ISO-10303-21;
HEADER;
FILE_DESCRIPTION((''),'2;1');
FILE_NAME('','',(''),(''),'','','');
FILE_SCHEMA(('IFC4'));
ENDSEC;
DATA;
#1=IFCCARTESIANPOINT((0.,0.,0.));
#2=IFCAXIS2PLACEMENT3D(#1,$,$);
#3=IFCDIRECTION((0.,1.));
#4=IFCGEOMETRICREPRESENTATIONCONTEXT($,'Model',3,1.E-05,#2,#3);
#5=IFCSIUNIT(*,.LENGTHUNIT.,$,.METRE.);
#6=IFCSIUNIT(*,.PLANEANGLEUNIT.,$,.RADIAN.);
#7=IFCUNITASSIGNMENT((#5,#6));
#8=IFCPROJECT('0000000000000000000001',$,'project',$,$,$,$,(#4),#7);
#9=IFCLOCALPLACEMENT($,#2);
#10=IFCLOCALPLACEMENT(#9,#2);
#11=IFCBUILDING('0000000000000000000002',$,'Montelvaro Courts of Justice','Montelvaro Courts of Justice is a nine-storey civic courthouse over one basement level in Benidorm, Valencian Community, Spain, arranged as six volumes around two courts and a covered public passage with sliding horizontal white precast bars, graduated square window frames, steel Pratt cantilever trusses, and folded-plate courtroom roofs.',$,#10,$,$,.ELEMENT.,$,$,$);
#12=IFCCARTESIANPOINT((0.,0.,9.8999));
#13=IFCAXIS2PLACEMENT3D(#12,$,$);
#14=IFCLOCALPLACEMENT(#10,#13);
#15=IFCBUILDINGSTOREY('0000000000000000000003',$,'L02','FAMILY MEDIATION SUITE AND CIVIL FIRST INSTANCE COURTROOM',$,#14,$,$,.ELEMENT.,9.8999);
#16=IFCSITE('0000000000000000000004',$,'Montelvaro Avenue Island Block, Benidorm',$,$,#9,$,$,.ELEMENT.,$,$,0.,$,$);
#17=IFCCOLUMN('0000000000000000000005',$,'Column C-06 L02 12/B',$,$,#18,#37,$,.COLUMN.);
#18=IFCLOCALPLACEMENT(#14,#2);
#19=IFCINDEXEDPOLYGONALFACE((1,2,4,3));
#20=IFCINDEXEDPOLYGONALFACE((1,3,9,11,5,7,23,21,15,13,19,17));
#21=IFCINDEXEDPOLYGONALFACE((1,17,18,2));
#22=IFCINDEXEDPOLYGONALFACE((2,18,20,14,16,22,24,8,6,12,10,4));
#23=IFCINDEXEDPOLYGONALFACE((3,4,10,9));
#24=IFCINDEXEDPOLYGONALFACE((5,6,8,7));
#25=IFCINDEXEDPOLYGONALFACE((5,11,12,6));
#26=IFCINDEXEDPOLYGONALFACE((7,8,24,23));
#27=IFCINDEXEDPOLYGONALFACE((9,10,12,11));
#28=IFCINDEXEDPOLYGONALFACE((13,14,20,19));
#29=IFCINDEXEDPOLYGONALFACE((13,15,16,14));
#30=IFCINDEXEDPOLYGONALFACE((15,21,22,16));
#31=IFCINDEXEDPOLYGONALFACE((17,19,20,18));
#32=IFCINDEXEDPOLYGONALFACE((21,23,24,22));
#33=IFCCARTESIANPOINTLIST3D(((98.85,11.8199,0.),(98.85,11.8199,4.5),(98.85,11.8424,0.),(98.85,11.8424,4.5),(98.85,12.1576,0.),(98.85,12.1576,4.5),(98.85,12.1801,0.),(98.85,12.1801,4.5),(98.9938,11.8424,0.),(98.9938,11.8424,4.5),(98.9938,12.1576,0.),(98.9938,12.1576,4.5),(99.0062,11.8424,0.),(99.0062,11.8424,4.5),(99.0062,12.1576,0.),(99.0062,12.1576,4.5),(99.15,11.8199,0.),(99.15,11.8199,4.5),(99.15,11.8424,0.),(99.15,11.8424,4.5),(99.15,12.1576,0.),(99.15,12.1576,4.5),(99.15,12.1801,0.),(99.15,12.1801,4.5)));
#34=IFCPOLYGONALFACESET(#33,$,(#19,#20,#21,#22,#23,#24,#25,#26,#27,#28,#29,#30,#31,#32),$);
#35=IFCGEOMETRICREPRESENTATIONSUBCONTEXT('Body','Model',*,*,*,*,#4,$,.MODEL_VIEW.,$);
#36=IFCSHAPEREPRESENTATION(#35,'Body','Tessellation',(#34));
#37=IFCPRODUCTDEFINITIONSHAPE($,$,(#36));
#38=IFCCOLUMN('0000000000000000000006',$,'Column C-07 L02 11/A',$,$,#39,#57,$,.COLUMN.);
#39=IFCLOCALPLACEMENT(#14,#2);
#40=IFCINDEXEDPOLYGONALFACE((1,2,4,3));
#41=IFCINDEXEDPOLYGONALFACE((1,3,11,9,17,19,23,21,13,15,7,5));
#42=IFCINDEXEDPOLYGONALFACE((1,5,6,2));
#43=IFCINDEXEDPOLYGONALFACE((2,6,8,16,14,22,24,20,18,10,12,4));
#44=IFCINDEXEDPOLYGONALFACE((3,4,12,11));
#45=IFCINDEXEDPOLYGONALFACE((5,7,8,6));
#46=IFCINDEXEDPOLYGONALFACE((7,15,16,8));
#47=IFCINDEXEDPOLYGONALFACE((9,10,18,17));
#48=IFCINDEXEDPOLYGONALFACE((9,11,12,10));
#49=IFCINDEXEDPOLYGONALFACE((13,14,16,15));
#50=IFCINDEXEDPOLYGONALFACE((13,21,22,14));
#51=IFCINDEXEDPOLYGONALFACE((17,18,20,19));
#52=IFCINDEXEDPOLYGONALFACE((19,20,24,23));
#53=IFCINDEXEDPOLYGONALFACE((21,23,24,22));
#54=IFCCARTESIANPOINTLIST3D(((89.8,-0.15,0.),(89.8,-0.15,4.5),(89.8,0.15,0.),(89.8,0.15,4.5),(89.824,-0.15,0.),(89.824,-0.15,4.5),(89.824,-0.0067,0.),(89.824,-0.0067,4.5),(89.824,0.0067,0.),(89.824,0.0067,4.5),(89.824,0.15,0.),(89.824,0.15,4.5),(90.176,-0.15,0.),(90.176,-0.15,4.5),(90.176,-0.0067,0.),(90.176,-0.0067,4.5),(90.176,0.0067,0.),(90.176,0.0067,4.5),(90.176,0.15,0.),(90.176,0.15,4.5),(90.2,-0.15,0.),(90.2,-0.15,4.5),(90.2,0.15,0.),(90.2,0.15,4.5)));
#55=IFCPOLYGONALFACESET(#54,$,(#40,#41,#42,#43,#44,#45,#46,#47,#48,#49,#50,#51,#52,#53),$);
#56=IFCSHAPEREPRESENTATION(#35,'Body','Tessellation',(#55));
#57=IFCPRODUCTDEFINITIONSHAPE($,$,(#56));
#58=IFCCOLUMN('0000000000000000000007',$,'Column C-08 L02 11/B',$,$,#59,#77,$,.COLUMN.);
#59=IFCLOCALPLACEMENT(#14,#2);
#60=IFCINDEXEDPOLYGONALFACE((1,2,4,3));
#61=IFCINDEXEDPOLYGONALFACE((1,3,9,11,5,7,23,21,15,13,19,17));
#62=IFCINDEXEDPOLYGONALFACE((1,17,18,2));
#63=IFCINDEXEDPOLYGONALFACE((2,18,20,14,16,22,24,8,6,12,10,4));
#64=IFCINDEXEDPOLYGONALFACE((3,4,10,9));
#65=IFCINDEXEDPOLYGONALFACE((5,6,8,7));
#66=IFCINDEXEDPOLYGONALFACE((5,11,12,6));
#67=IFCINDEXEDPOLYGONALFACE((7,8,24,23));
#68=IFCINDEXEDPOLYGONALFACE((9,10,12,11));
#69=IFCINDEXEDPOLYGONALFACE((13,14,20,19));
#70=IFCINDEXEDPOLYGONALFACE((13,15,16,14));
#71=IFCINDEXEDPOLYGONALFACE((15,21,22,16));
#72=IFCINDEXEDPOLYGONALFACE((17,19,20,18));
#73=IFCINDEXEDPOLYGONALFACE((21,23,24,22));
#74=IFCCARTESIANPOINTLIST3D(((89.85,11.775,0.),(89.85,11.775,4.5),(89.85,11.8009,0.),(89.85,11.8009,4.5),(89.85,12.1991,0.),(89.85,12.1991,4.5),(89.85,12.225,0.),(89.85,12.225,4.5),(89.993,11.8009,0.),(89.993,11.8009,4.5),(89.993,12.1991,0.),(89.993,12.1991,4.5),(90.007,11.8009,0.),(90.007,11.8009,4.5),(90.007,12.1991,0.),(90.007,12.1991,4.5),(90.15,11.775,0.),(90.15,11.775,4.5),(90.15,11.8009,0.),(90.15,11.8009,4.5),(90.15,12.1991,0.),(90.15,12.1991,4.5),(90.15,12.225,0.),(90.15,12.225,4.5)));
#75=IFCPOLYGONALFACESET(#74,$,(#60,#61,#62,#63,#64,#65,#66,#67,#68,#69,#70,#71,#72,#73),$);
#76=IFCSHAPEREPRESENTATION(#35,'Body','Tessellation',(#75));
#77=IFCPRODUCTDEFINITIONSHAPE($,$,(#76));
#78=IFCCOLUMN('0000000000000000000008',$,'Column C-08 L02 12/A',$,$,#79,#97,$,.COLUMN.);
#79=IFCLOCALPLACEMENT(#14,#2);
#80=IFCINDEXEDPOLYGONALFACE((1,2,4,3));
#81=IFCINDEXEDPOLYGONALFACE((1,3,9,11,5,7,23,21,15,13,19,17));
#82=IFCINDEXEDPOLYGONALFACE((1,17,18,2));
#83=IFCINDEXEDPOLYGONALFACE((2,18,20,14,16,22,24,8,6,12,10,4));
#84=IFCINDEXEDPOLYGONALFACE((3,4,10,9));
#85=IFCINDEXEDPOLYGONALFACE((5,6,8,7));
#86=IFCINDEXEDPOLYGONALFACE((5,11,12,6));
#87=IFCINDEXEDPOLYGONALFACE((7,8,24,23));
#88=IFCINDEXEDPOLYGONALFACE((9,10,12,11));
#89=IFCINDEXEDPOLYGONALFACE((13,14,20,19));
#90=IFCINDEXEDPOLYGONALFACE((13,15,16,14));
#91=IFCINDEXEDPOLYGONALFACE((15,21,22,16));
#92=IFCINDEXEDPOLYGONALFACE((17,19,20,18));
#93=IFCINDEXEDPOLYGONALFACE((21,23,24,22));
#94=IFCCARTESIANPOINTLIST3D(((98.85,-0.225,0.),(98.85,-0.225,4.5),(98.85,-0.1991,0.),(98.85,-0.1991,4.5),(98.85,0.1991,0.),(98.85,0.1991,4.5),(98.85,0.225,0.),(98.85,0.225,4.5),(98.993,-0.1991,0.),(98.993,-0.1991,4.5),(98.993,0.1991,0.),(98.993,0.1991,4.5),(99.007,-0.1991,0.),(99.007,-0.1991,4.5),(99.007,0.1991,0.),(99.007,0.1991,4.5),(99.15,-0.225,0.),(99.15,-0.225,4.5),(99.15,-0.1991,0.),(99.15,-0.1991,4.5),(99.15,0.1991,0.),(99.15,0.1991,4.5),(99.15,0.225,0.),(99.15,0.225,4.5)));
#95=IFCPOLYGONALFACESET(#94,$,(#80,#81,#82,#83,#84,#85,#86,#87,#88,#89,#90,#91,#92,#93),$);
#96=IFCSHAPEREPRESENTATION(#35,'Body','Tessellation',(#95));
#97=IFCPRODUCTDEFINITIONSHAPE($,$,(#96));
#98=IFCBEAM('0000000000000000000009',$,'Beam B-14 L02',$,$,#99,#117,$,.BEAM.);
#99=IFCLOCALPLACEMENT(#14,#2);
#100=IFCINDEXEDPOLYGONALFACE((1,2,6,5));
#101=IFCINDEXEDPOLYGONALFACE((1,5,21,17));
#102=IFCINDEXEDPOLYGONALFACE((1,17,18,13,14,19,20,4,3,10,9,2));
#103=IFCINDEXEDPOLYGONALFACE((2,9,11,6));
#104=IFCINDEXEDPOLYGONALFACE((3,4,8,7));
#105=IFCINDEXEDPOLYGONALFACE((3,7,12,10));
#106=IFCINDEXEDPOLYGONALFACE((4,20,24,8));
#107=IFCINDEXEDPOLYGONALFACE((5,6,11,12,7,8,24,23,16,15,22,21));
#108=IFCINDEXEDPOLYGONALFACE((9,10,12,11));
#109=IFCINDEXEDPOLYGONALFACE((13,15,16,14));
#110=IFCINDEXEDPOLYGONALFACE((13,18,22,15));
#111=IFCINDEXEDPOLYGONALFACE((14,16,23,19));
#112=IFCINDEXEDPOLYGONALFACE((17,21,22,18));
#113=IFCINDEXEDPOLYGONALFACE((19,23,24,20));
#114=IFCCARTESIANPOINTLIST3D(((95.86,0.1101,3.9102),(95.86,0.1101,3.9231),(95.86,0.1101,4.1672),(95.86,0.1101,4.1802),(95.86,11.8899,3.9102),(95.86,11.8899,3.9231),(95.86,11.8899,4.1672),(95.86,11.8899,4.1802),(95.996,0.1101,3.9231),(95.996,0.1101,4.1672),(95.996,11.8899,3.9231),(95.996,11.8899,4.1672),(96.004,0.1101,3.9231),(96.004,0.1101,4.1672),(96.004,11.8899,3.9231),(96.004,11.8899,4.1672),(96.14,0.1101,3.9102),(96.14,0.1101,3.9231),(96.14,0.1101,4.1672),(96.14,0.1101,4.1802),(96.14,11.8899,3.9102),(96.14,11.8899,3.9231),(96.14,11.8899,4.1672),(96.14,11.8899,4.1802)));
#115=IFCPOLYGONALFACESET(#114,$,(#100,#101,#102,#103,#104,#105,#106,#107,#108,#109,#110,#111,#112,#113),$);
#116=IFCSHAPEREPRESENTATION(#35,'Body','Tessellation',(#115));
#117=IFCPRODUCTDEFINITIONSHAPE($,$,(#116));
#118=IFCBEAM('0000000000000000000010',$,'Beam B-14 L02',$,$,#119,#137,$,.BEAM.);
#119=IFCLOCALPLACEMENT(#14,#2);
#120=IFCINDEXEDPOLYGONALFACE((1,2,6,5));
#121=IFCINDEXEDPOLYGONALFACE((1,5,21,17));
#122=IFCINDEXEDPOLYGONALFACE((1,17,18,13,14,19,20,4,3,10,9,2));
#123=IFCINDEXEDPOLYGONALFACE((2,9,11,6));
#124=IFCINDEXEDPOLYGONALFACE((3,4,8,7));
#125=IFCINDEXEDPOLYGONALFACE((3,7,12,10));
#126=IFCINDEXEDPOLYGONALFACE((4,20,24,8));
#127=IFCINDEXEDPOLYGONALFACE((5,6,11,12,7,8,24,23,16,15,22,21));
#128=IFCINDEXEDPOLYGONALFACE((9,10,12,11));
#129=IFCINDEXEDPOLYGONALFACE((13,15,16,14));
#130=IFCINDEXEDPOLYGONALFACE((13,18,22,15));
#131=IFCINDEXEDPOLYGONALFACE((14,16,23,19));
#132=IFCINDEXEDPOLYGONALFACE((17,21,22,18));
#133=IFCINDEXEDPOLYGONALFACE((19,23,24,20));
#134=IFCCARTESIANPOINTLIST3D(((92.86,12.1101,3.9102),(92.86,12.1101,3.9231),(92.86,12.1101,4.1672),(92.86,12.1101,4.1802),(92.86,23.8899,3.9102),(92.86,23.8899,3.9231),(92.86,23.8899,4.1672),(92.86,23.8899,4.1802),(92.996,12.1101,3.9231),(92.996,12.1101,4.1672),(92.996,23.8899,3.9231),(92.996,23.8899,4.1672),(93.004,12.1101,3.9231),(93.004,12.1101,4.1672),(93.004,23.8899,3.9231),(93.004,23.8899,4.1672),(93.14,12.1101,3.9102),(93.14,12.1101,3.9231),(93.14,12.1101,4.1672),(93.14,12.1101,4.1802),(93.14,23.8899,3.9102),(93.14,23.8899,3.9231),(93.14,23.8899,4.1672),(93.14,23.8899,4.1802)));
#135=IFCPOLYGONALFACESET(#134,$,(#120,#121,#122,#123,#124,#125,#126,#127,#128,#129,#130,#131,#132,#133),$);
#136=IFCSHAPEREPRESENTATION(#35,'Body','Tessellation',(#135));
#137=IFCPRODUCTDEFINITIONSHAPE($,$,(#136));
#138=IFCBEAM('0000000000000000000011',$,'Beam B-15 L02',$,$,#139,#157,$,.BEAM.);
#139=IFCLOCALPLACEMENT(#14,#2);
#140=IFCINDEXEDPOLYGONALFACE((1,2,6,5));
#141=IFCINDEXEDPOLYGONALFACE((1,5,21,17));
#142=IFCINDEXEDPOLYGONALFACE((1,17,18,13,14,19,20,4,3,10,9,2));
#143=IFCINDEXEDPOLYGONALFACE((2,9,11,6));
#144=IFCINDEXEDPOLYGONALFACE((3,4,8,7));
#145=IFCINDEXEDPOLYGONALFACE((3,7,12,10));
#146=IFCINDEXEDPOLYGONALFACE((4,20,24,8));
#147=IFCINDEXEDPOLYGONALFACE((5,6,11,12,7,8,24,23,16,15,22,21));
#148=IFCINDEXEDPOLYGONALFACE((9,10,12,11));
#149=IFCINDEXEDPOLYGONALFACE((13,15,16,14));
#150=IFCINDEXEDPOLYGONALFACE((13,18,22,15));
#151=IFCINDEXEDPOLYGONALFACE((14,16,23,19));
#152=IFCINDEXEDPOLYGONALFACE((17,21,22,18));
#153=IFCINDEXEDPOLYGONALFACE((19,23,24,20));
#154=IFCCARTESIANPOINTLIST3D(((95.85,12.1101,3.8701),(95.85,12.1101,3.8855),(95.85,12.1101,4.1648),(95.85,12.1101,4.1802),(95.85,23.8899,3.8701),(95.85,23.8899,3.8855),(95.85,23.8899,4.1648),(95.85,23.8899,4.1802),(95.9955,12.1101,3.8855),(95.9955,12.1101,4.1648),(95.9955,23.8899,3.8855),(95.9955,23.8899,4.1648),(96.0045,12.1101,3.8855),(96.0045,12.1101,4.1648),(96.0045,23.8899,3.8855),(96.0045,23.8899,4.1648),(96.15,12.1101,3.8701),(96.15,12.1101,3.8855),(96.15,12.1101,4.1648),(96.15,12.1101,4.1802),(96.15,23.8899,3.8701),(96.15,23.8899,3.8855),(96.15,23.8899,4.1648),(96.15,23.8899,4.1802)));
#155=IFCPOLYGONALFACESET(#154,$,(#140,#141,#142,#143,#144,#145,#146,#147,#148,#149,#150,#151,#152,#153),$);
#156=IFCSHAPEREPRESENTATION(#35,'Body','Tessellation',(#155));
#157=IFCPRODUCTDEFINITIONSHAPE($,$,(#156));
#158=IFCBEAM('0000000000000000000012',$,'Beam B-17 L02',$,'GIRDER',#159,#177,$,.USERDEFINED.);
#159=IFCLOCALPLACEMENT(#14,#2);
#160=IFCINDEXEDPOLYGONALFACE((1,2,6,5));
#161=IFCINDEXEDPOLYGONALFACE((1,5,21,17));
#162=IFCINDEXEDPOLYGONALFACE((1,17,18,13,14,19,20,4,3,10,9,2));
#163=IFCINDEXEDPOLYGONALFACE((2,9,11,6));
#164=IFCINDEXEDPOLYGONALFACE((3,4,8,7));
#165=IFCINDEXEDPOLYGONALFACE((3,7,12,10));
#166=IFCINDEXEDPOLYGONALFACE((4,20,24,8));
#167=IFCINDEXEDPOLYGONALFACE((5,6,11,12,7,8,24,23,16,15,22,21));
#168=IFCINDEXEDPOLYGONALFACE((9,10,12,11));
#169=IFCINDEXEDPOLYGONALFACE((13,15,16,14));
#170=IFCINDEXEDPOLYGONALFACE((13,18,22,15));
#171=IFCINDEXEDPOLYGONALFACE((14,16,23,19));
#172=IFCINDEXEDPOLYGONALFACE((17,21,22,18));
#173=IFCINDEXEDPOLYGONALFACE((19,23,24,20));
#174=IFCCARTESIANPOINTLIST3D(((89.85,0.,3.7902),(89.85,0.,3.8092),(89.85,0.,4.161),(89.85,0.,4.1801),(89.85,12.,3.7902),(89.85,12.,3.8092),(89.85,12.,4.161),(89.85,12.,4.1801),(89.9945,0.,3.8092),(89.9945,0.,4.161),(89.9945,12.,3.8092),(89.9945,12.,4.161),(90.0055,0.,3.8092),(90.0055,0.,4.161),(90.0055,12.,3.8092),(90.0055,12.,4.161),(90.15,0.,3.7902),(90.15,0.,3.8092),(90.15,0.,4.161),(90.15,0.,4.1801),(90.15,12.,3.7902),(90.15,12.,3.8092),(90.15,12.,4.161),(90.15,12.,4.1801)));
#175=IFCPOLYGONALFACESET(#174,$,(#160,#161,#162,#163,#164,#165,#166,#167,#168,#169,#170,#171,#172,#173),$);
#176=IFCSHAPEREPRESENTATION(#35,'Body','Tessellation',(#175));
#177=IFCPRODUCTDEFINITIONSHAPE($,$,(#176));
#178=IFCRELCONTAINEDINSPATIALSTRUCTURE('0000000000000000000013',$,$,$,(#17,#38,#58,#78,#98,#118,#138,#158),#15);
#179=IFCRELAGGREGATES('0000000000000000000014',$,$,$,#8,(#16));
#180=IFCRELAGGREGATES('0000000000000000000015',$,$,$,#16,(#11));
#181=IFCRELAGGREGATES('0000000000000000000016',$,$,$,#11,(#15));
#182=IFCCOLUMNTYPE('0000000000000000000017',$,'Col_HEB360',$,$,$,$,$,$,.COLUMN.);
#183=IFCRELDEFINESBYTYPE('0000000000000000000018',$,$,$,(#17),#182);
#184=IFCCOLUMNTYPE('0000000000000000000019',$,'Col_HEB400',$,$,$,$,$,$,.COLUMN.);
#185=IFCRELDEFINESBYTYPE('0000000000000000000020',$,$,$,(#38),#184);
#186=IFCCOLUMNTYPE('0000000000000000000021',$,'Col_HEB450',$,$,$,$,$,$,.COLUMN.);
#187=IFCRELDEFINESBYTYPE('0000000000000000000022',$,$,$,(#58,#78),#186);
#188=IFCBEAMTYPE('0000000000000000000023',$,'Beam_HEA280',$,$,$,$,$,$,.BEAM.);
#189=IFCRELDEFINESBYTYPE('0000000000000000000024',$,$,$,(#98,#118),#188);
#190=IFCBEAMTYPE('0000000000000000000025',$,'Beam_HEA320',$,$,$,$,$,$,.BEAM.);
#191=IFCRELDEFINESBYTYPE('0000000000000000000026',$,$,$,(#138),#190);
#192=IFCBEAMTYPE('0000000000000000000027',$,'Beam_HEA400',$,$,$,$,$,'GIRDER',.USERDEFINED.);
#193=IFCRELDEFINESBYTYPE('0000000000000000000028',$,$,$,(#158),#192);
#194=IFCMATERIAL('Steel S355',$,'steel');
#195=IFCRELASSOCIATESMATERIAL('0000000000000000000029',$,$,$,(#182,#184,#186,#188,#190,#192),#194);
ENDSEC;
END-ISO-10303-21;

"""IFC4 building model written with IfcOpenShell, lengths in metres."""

from ifc_helpers import new_model, si_unit, direction, frame, origin, origin_2d, place, context, subcontext, project, spatial, i_section, extrude, material, material_profile, profile_set, type_object, element, save


model = new_model("IFC4")

# Units and contexts
model_context = context("Model", 3, precision=1e-05, world=origin(), true_north=direction((0.0, 1.0)))
body_context = subcontext(model_context, "Body", "Model", "MODEL_VIEW")
ifc_project = project(units=[si_unit("LENGTHUNIT", "METRE"), si_unit("PLANEANGLEUNIT", "RADIAN")], contexts=[model_context])

# Site, building, storey
site_placement = place(None, origin())
site = spatial("IfcSite", under=ifc_project, at=site_placement, Name="Montelvaro Avenue Island Block, Benidorm", CompositionType="ELEMENT", RefElevation=0.0)
building_placement = place(site_placement, origin())
building = spatial("IfcBuilding", under=site, at=building_placement, Name="Montelvaro Courts of Justice", Description="Montelvaro Courts of Justice is a nine-storey civic courthouse over one basement level in Benidorm, Valencian Community, Spain, arranged as six volumes around two courts and a covered public passage with sliding horizontal white precast bars, graduated square window frames, steel Pratt cantilever trusses, and folded-plate courtroom roofs.", CompositionType="ELEMENT")
storey_placement = place(building_placement, frame((0.0, 0.0, 9.8999)))
storey = spatial("IfcBuildingStorey", under=building, at=storey_placement, Name="L02", Description="FAMILY MEDIATION SUITE AND CIVIL FIRST INSTANCE COURTROOM", CompositionType="ELEMENT", Elevation=9.8999)

# Columns
ifc_material_1 = material(Name="Steel S355", Category="steel")
ifc_material_profile_1 = material_profile(ifc_material_1, i_section(OverallWidth=0.3, OverallDepth=0.3601, WebThickness=0.0125, FlangeThickness=0.0225, at=origin_2d()), Name="HEB 360")
ifc_profile_set_1 = profile_set([ifc_material_profile_1], Name="Steel S355")
column_type_1 = type_object("IfcColumnType", Name="Col_HEB360", PredefinedType="COLUMN", material=ifc_profile_set_1)
column_1_placement = place(storey_placement, frame((99.0, 12.0, 0.0), z_axis=(0.0, 0.0, 1.0), x_axis=(1.0, 0.0, 0.0)))
element("IfcColumn", 1, at=column_1_placement, inside=storey, type_object=column_type_1, Name="Column C-06 L02 12/B", PredefinedType="COLUMN", context=body_context, shape_type="SweptSolid", body=[
    extrude(i_section(OverallWidth=0.3, OverallDepth=0.3601, WebThickness=0.0125, FlangeThickness=0.0225, at=origin_2d()), origin(), (0.0, 0.0, 1.0), 4.5),
])
ifc_material_profile_2 = material_profile(ifc_material_1, i_section(OverallWidth=0.3, OverallDepth=0.3999, WebThickness=0.0134, FlangeThickness=0.0239, at=origin_2d()), Name="HEB 400")
ifc_profile_set_2 = profile_set([ifc_material_profile_2], Name="Steel S355")
column_type_2 = type_object("IfcColumnType", Name="Col_HEB400", PredefinedType="COLUMN", material=ifc_profile_set_2)
column_2_placement = place(storey_placement, frame((90.0, 0.0, 0.0), z_axis=(0.0, 0.0, 1.0), x_axis=(0.0, 1.0, 0.0)))
element("IfcColumn", 2, at=column_2_placement, inside=storey, type_object=column_type_2, Name="Column C-07 L02 11/A", PredefinedType="COLUMN", context=body_context, shape_type="SweptSolid", body=[
    extrude(i_section(OverallWidth=0.3, OverallDepth=0.3999, WebThickness=0.0134, FlangeThickness=0.0239, at=origin_2d()), origin(), (0.0, 0.0, 1.0), 4.5),
])
ifc_material_profile_3 = material_profile(ifc_material_1, i_section(OverallWidth=0.3, OverallDepth=0.45, WebThickness=0.0139, FlangeThickness=0.0259, at=origin_2d()), Name="HEB 450")
ifc_profile_set_3 = profile_set([ifc_material_profile_3], Name="Steel S355")
column_type_3 = type_object("IfcColumnType", Name="Col_HEB450", PredefinedType="COLUMN", material=ifc_profile_set_3)
for number, where, z_axis, x_axis, name in (
    (3, (90.0, 12.0, 0.0), (0.0, 0.0, 1.0), (1.0, 0.0, 0.0), "Column C-08 L02 11/B"),
    (4, (99.0, 0.0, 0.0), (0.0, 0.0, 1.0), (1.0, 0.0, 0.0), "Column C-08 L02 12/A"),
):
    element("IfcColumn", number, at=place(storey_placement, frame(where, z_axis=z_axis, x_axis=x_axis)), inside=storey, type_object=column_type_3, Name=name, PredefinedType="COLUMN", context=body_context, shape_type="SweptSolid", body=[
        extrude(i_section(OverallWidth=0.3, OverallDepth=0.45, WebThickness=0.0139, FlangeThickness=0.0259, at=origin_2d()), origin(), (0.0, 0.0, 1.0), 4.5),
    ])

# Beams
ifc_material_profile_4 = material_profile(ifc_material_1, i_section(OverallWidth=0.28, OverallDepth=0.27, WebThickness=0.0081, FlangeThickness=0.0129, at=origin_2d()), Name="HEA 280")
ifc_profile_set_4 = profile_set([ifc_material_profile_4], Name="Steel S355")
beam_type_1 = type_object("IfcBeamType", Name="Beam_HEA280", PredefinedType="BEAM", material=ifc_profile_set_4)
for number, where, z_axis, x_axis, name in (
    (5, (96.0, 0.1101, 4.0452), (0.0, 1.0, 0.0), (-1.0, 0.0, 0.0), "Beam B-14 L02"),
    (6, (93.0, 12.1101, 4.0452), (0.0, 1.0, 0.0), (-1.0, 0.0, 0.0), "Beam B-14 L02"),
):
    element("IfcBeam", number, at=place(storey_placement, frame(where, z_axis=z_axis, x_axis=x_axis)), inside=storey, type_object=beam_type_1, Name=name, PredefinedType="BEAM", context=body_context, shape_type="SweptSolid", body=[
        extrude(i_section(OverallWidth=0.28, OverallDepth=0.27, WebThickness=0.0081, FlangeThickness=0.0129, at=origin_2d()), origin(), (0.0, 0.0, 1.0), 11.7798),
    ])
ifc_material_profile_5 = material_profile(ifc_material_1, i_section(OverallWidth=0.3, OverallDepth=0.3101, WebThickness=0.009, FlangeThickness=0.0154, at=origin_2d()), Name="HEA 320")
ifc_profile_set_5 = profile_set([ifc_material_profile_5], Name="Steel S355")
beam_type_2 = type_object("IfcBeamType", Name="Beam_HEA320", PredefinedType="BEAM", material=ifc_profile_set_5)
beam_1_placement = place(storey_placement, frame((96.0, 12.1101, 4.0251), z_axis=(0.0, 1.0, 0.0), x_axis=(-1.0, 0.0, 0.0)))
element("IfcBeam", 7, at=beam_1_placement, inside=storey, type_object=beam_type_2, Name="Beam B-15 L02", PredefinedType="BEAM", context=body_context, shape_type="SweptSolid", body=[
    extrude(i_section(OverallWidth=0.3, OverallDepth=0.3101, WebThickness=0.009, FlangeThickness=0.0154, at=origin_2d()), origin(), (0.0, 0.0, 1.0), 11.7798),
])
ifc_material_profile_6 = material_profile(ifc_material_1, i_section(OverallWidth=0.3, OverallDepth=0.3899, WebThickness=0.011, FlangeThickness=0.019, at=origin_2d()), Name="HEA 400")
ifc_profile_set_6 = profile_set([ifc_material_profile_6], Name="Steel S355")
beam_type_3 = type_object("IfcBeamType", Name="Beam_HEA400", ElementType="GIRDER", PredefinedType="USERDEFINED", material=ifc_profile_set_6)
for number, where, z_axis, x_axis, name in (
    (8, (90.0, 0.0, 3.9851), (0.0, 1.0, 0.0), (-1.0, 0.0, 0.0), "Beam B-17 L02"),
):
    element("IfcBeam", number, at=place(storey_placement, frame(where, z_axis=z_axis, x_axis=x_axis)), inside=storey, type_object=beam_type_3, Name=name, ObjectType="GIRDER", PredefinedType="USERDEFINED", context=body_context, shape_type="SweptSolid", body=[
        extrude(i_section(OverallWidth=0.3, OverallDepth=0.3899, WebThickness=0.011, FlangeThickness=0.019, at=origin_2d()), origin(), (0.0, 0.0, 1.0), 12.0),
    ])

save(model, "model.ifc")
